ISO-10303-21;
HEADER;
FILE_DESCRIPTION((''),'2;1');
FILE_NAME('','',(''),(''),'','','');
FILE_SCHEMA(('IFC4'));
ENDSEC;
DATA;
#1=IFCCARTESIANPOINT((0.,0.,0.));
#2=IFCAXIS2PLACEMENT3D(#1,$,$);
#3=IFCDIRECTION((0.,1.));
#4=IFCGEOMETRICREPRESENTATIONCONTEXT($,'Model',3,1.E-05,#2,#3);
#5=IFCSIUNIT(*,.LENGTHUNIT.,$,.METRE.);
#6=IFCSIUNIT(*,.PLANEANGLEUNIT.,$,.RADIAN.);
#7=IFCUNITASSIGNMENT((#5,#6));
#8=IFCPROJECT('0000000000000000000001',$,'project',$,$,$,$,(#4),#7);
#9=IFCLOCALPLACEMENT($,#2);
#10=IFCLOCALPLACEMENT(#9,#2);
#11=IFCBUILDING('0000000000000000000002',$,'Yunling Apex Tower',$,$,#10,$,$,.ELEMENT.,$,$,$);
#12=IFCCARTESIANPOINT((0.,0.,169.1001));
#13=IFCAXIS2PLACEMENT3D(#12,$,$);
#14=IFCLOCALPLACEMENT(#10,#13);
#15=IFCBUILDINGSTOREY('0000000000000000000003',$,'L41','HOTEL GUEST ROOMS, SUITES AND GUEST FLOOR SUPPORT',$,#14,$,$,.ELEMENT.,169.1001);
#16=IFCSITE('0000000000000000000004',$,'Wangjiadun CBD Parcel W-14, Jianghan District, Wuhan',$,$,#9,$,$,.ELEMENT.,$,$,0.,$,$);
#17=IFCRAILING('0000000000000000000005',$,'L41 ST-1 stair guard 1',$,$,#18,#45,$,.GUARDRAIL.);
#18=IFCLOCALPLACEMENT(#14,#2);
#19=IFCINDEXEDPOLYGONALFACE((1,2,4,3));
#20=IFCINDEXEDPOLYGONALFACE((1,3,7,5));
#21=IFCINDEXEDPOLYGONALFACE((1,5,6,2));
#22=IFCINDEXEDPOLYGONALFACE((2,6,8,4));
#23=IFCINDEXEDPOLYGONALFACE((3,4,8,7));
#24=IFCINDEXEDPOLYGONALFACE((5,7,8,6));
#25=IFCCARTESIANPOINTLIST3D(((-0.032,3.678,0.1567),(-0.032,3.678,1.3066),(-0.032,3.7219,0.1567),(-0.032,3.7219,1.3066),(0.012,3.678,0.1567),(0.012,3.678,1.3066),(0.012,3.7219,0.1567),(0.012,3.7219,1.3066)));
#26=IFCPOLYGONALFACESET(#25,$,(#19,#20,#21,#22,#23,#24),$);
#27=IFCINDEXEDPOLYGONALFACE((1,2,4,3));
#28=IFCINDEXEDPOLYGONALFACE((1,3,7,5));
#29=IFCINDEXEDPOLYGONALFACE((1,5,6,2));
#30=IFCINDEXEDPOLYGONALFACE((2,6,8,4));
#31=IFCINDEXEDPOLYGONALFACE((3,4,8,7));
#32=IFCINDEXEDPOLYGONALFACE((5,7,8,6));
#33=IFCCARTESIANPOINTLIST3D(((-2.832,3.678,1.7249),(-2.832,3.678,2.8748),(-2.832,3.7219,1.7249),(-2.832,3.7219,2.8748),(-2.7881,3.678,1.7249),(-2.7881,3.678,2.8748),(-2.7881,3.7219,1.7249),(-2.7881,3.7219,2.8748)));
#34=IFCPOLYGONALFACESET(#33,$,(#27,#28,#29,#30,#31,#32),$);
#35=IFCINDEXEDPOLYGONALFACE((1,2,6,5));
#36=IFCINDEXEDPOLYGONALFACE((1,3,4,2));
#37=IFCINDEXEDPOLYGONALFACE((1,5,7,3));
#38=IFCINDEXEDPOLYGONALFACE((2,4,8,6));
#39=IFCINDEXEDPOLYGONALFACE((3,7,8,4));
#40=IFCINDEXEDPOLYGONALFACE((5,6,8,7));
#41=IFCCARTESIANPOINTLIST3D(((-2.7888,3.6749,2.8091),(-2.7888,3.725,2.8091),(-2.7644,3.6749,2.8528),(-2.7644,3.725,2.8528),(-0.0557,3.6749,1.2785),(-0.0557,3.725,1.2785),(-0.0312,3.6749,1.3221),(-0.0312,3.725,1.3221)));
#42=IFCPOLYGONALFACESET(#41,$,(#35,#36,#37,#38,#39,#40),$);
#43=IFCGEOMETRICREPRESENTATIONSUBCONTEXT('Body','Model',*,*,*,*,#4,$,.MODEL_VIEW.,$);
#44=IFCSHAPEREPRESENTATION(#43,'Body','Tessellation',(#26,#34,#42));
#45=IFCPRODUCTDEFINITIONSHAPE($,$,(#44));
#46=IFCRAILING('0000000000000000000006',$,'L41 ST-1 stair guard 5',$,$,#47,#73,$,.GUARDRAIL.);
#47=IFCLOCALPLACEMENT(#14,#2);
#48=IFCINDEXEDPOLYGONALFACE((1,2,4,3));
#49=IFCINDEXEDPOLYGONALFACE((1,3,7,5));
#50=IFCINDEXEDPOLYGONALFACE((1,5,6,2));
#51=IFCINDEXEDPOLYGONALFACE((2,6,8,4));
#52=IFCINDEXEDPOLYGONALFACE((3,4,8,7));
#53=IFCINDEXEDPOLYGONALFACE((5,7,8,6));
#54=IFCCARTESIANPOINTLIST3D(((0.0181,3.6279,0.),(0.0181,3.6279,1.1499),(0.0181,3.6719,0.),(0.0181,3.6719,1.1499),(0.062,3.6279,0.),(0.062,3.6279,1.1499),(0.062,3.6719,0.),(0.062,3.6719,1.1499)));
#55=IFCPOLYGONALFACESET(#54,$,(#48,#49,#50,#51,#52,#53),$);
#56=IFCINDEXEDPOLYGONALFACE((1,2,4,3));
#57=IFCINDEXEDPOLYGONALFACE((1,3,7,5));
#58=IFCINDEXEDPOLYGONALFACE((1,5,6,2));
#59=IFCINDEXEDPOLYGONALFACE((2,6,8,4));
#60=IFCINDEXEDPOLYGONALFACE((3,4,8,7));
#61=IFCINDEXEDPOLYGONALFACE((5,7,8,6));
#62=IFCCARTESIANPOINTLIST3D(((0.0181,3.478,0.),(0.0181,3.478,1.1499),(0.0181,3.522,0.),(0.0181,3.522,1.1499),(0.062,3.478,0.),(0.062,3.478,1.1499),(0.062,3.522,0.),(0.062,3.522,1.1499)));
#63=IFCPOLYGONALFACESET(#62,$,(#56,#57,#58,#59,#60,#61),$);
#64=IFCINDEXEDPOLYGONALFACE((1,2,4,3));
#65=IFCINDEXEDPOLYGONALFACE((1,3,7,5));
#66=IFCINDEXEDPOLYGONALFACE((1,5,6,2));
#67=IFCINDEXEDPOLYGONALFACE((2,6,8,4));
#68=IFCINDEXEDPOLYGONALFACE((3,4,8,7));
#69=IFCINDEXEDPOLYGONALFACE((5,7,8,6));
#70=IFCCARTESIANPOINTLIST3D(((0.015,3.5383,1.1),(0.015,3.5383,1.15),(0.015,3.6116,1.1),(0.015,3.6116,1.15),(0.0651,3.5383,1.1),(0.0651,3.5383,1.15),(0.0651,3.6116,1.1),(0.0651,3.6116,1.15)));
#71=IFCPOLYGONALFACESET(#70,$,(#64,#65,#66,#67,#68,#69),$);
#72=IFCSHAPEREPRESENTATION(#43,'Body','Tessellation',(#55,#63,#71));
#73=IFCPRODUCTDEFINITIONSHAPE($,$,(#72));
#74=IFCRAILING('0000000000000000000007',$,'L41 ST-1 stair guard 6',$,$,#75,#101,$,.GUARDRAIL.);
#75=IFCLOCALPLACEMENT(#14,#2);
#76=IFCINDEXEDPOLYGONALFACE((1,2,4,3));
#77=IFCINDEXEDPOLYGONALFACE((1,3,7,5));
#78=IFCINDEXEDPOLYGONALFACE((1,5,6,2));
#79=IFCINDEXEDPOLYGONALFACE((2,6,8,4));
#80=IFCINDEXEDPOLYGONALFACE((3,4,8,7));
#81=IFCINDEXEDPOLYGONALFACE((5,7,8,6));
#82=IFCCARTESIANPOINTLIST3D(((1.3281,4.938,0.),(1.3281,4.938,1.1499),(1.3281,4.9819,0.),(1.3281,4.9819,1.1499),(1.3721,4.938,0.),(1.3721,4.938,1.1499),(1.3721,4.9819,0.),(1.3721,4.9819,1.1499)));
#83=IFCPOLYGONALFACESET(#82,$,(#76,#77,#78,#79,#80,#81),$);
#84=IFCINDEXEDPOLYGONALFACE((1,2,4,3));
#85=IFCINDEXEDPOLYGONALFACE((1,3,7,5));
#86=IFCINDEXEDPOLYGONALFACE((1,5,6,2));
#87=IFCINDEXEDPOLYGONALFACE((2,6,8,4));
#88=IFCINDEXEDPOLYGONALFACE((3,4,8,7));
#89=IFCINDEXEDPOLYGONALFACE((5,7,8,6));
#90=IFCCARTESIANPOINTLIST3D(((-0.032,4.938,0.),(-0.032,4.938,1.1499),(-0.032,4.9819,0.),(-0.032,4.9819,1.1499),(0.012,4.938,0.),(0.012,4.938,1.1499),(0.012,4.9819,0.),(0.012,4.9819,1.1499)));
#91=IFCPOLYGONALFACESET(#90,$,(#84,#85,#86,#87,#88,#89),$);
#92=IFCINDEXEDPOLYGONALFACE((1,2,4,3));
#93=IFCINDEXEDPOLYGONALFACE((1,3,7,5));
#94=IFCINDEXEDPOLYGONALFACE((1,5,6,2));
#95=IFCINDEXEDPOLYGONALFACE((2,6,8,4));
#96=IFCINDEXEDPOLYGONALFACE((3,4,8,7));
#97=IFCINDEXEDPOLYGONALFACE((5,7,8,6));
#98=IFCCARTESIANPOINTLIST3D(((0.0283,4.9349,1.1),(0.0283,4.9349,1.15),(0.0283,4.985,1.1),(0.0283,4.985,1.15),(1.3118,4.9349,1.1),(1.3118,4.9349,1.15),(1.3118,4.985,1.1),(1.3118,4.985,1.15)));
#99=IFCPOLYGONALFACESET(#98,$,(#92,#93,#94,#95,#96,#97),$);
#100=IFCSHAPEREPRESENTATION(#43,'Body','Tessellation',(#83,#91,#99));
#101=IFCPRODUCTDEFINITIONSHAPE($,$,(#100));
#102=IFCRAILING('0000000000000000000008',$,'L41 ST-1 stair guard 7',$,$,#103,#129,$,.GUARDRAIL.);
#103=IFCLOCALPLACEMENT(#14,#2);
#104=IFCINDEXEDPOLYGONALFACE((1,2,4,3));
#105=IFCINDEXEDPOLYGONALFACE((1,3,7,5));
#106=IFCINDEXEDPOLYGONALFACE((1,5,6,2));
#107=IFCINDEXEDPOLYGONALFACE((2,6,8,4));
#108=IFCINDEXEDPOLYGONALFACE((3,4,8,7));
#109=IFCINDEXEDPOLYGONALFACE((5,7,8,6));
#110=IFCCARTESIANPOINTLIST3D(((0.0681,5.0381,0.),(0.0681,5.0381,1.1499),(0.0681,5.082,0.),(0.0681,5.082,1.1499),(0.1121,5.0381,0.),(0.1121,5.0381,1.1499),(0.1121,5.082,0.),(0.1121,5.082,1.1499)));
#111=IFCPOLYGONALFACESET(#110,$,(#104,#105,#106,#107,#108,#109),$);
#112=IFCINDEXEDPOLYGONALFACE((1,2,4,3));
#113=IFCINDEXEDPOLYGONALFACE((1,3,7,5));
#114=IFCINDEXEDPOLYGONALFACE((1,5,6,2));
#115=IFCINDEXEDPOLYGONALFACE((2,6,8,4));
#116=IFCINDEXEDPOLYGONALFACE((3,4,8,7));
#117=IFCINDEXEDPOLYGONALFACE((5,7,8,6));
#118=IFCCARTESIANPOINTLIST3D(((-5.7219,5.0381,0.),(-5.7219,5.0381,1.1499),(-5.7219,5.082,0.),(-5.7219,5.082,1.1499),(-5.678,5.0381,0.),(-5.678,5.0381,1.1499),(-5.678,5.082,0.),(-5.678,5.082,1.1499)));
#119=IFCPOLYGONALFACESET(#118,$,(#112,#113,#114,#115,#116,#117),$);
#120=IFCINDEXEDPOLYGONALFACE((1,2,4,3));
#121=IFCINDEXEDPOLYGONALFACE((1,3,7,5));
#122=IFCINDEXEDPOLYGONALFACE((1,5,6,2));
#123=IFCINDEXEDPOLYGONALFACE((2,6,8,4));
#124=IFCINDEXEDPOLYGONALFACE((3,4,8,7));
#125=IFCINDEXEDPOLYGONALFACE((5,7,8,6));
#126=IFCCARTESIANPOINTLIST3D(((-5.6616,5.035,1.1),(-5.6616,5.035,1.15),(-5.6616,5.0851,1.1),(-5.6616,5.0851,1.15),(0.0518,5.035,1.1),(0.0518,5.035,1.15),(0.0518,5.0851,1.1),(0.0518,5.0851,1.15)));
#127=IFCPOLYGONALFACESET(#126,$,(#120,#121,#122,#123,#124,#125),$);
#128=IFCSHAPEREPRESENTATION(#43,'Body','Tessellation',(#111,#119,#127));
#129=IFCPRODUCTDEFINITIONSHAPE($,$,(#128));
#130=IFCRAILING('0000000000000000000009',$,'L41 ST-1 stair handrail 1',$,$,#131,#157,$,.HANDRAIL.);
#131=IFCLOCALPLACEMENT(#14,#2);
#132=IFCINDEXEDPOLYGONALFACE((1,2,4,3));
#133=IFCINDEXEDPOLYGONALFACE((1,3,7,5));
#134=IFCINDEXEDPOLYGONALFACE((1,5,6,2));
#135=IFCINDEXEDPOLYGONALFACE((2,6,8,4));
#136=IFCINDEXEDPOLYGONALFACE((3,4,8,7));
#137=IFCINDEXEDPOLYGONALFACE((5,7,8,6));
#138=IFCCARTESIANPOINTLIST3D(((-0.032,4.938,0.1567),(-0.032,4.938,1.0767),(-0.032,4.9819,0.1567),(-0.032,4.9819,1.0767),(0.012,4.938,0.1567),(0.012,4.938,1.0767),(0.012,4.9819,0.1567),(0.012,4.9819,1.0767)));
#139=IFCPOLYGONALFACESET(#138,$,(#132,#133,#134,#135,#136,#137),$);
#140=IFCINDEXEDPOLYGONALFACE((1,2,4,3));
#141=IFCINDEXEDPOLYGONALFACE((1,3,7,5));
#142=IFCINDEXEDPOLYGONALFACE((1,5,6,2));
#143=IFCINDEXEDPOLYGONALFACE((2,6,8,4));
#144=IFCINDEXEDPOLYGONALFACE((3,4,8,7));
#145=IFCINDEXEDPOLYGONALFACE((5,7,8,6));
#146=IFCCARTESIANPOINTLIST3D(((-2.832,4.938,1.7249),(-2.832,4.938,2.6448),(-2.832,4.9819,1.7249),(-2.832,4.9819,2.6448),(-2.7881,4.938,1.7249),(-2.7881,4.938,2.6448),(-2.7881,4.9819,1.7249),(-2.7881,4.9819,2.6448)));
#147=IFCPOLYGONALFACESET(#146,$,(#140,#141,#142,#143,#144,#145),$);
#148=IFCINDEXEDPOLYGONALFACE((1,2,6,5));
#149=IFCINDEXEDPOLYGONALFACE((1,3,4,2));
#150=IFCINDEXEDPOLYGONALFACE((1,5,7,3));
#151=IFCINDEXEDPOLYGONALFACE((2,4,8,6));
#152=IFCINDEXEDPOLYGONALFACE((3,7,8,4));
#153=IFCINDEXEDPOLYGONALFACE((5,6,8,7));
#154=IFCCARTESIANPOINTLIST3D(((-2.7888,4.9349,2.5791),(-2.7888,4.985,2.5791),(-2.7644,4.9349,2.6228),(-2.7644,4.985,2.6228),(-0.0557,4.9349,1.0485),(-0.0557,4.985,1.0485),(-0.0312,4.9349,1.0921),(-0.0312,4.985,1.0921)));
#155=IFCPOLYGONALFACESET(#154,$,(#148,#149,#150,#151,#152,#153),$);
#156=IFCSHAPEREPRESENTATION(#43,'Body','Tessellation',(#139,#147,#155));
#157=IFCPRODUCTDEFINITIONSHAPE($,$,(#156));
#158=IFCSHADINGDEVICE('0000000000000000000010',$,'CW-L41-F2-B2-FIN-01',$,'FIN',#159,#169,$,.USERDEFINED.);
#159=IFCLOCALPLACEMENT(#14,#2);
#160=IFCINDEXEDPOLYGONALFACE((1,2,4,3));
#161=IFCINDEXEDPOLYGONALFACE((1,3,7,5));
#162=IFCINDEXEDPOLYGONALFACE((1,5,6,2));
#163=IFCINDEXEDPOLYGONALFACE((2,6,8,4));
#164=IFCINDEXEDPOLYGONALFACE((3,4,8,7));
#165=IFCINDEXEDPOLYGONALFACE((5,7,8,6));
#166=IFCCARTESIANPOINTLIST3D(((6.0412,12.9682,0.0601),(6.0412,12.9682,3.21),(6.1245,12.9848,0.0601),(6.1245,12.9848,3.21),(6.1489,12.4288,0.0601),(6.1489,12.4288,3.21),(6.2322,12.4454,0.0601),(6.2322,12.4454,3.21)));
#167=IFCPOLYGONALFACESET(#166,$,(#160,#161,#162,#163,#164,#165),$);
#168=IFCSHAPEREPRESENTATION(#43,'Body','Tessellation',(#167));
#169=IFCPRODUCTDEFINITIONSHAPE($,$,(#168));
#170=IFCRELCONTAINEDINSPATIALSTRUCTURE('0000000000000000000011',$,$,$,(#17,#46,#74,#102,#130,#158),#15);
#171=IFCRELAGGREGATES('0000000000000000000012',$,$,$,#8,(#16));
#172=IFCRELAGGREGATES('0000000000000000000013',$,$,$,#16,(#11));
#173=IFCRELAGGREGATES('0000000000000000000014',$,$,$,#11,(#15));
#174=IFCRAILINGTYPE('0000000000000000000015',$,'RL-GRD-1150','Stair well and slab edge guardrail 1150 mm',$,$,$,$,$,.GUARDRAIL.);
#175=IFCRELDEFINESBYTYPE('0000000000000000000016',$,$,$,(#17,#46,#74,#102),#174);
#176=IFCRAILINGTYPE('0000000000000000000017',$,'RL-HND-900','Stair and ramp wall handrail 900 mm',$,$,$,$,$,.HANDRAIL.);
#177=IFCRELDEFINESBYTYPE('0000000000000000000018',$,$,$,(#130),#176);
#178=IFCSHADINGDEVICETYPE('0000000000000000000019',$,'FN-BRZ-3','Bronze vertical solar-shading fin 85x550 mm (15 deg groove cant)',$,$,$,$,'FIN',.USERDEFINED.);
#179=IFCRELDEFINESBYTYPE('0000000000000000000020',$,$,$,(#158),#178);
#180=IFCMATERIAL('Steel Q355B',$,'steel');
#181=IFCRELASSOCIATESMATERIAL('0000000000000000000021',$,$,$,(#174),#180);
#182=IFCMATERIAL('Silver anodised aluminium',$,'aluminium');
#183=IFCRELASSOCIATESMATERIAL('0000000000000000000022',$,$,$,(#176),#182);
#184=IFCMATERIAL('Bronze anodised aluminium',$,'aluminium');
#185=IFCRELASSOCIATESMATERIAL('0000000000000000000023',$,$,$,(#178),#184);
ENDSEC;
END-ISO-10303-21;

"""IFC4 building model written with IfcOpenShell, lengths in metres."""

from ifc_helpers import new_model, si_unit, direction, frame, origin, origin_2d, place, context, subcontext, project, spatial, rectangle, extrude, source, transform, mapped, material, material_profile, profile_set, type_object, element, save


model = new_model("IFC4")

# Units and contexts
model_context = context("Model", 3, precision=1e-05, world=origin(), true_north=direction((0.0, 1.0)))
body_context = subcontext(model_context, "Body", "Model", "MODEL_VIEW")
ifc_project = project(units=[si_unit("LENGTHUNIT", "METRE"), si_unit("PLANEANGLEUNIT", "RADIAN")], contexts=[model_context])

# Site, building, storey
site_placement = place(None, origin())
site = spatial("IfcSite", under=ifc_project, at=site_placement, Name="Wangjiadun CBD Parcel W-14, Jianghan District, Wuhan", CompositionType="ELEMENT", RefElevation=0.0)
building_placement = place(site_placement, origin())
building = spatial("IfcBuilding", under=site, at=building_placement, Name="Yunling Apex Tower", CompositionType="ELEMENT")
storey_placement = place(building_placement, frame((0.0, 0.0, 169.1001)))
storey = spatial("IfcBuildingStorey", under=building, at=storey_placement, Name="L41", Description="HOTEL GUEST ROOMS, SUITES AND GUEST FLOOR SUPPORT", CompositionType="ELEMENT", Elevation=169.1001)

# Shared definitions
ifc_material_1 = material(Name="Steel Q355B", Category="steel")

# Shared definitions
ifc_material_2 = material(Name="Bronze anodised aluminium", Category="aluminium")

# Railings
railing_type_1 = type_object("IfcRailingType", Name="RL-GRD-1150", Description="Stair well and slab edge guardrail 1150 mm", PredefinedType="GUARDRAIL", material=ifc_material_1)
railing_1_placement = place(storey_placement, frame((-0.01, 3.7, 0.1567)))
element("IfcRailing", 1, at=railing_1_placement, inside=storey, type_object=railing_type_1, Name="L41 ST-1 stair guard 1", PredefinedType="GUARDRAIL", context=body_context, shape_type="SweptSolid", body=[
    extrude(rectangle(XDim=0.0439, YDim=0.0439, at=origin_2d()), origin(), (0.0, 0.0, 1.0), 1.1499),
    extrude(rectangle(XDim=0.0439, YDim=0.0439, at=origin_2d()), frame((-2.8, 0.0, 1.5681)), (0.0, 0.0, 1.0), 1.1499),
    extrude(rectangle(XDim=0.05, YDim=0.05, at=origin_2d()), frame((-0.0334, 0.0, 1.1436), z_axis=(-0.872494, 0.0, 0.488624), x_axis=(0.0, -1.0, 0.0)), (0.0, 0.0, 1.0), 3.1326),
])
railing_2_placement = place(storey_placement, frame((0.04, 3.6499, 0.0)))
element("IfcRailing", 2, at=railing_2_placement, inside=storey, type_object=railing_type_1, Name="L41 ST-1 stair guard 5", PredefinedType="GUARDRAIL", context=body_context, shape_type="SweptSolid", body=[
    extrude(rectangle(XDim=0.0439, YDim=0.0439, at=origin_2d()), origin(), (0.0, 0.0, 1.0), 1.1499),
    extrude(rectangle(XDim=0.0439, YDim=0.0439, at=origin_2d()), frame((0.0, -0.1499, 0.0)), (0.0, 0.0, 1.0), 1.1499),
    extrude(rectangle(XDim=0.05, YDim=0.05, at=origin_2d()), frame((0.0, -0.0383, 1.125), z_axis=(0.0, -1.0, 0.0), x_axis=(1.0, 0.0, 0.0)), (0.0, 0.0, 1.0), 0.0732),
])
railing_3_placement = place(storey_placement, frame((1.3501, 4.96, 0.0)))
element("IfcRailing", 3, at=railing_3_placement, inside=storey, type_object=railing_type_1, Name="L41 ST-1 stair guard 6", PredefinedType="GUARDRAIL", context=body_context, shape_type="SweptSolid", body=[
    extrude(rectangle(XDim=0.0439, YDim=0.0439, at=origin_2d()), origin(), (0.0, 0.0, 1.0), 1.1499),
    extrude(rectangle(XDim=0.0439, YDim=0.0439, at=origin_2d()), frame((-1.3601, 0.0, 0.0)), (0.0, 0.0, 1.0), 1.1499),
    extrude(rectangle(XDim=0.05, YDim=0.05, at=origin_2d()), frame((-0.0383, 0.0, 1.125), z_axis=(-1.0, 0.0, 0.0), x_axis=(0.0, -1.0, 0.0)), (0.0, 0.0, 1.0), 1.2834),
])
railing_4_placement = place(storey_placement, frame((0.0901, 5.0601, 0.0)))
element("IfcRailing", 4, at=railing_4_placement, inside=storey, type_object=railing_type_1, Name="L41 ST-1 stair guard 7", PredefinedType="GUARDRAIL", context=body_context, shape_type="SweptSolid", body=[
    extrude(rectangle(XDim=0.0439, YDim=0.0439, at=origin_2d()), origin(), (0.0, 0.0, 1.0), 1.1499),
    extrude(rectangle(XDim=0.0439, YDim=0.0439, at=origin_2d()), frame((-5.79, 0.0, 0.0)), (0.0, 0.0, 1.0), 1.1499),
    extrude(rectangle(XDim=0.05, YDim=0.05, at=origin_2d()), frame((-0.0383, 0.0, 1.125), z_axis=(-1.0, 0.0, 0.0), x_axis=(0.0, -1.0, 0.0)), (0.0, 0.0, 1.0), 5.7134),
])
ifc_material_3 = material(Name="Silver anodised aluminium", Category="aluminium")
railing_type_2 = type_object("IfcRailingType", Name="RL-HND-900", Description="Stair and ramp wall handrail 900 mm", PredefinedType="HANDRAIL", material=ifc_material_3)
railing_5_placement = place(storey_placement, frame((-0.01, 4.96, 0.1567)))
element("IfcRailing", 5, at=railing_5_placement, inside=storey, type_object=railing_type_2, Name="L41 ST-1 stair handrail 1", PredefinedType="HANDRAIL", context=body_context, shape_type="SweptSolid", body=[
    extrude(rectangle(XDim=0.0439, YDim=0.0439, at=origin_2d()), origin(), (0.0, 0.0, 1.0), 0.9199),
    extrude(rectangle(XDim=0.0439, YDim=0.0439, at=origin_2d()), frame((-2.8, 0.0, 1.5681)), (0.0, 0.0, 1.0), 0.9199),
    extrude(rectangle(XDim=0.05, YDim=0.05, at=origin_2d()), frame((-0.0334, 0.0, 0.9136), z_axis=(-0.872494, 0.0, 0.488624), x_axis=(0.0, -1.0, 0.0)), (0.0, 0.0, 1.0), 3.1326),
])

# Shading device
ifc_material_profile_1 = material_profile(ifc_material_2, rectangle(XDim=0.085, YDim=0.55, at=origin_2d()))
ifc_profile_set_1 = profile_set([ifc_material_profile_1], Name="Bronze anodised aluminium")
shading_device_type = type_object("IfcShadingDeviceType", Name="FN-BRZ-3", Description="Bronze vertical solar-shading fin 85x550 mm (15 deg groove cant)", ElementType="FIN", PredefinedType="USERDEFINED", material=ifc_profile_set_1)
shared_shape_1 = source(origin(), body_context, "Body", "SweptSolid", [
    extrude(rectangle(XDim=0.085, YDim=0.55, at=origin_2d()), origin(), (0.0, 0.0, 1.0), 3.1499),
])
shading_device_placement = place(storey_placement, frame((6.1367, 12.7068, 0.0601), z_axis=(0.0, 0.0, 1.0), x_axis=(-0.980649, -0.195775, 0.0)))
element("IfcShadingDevice", 6, at=shading_device_placement, inside=storey, type_object=shading_device_type, Name="CW-L41-F2-B2-FIN-01", ObjectType="FIN", PredefinedType="USERDEFINED", context=body_context, shape_type="MappedRepresentation", body=[
    mapped(shared_shape_1, transform((0.0, 0.0, 0.0), scale=1.0)),
])

save(model, "model.ifc")
